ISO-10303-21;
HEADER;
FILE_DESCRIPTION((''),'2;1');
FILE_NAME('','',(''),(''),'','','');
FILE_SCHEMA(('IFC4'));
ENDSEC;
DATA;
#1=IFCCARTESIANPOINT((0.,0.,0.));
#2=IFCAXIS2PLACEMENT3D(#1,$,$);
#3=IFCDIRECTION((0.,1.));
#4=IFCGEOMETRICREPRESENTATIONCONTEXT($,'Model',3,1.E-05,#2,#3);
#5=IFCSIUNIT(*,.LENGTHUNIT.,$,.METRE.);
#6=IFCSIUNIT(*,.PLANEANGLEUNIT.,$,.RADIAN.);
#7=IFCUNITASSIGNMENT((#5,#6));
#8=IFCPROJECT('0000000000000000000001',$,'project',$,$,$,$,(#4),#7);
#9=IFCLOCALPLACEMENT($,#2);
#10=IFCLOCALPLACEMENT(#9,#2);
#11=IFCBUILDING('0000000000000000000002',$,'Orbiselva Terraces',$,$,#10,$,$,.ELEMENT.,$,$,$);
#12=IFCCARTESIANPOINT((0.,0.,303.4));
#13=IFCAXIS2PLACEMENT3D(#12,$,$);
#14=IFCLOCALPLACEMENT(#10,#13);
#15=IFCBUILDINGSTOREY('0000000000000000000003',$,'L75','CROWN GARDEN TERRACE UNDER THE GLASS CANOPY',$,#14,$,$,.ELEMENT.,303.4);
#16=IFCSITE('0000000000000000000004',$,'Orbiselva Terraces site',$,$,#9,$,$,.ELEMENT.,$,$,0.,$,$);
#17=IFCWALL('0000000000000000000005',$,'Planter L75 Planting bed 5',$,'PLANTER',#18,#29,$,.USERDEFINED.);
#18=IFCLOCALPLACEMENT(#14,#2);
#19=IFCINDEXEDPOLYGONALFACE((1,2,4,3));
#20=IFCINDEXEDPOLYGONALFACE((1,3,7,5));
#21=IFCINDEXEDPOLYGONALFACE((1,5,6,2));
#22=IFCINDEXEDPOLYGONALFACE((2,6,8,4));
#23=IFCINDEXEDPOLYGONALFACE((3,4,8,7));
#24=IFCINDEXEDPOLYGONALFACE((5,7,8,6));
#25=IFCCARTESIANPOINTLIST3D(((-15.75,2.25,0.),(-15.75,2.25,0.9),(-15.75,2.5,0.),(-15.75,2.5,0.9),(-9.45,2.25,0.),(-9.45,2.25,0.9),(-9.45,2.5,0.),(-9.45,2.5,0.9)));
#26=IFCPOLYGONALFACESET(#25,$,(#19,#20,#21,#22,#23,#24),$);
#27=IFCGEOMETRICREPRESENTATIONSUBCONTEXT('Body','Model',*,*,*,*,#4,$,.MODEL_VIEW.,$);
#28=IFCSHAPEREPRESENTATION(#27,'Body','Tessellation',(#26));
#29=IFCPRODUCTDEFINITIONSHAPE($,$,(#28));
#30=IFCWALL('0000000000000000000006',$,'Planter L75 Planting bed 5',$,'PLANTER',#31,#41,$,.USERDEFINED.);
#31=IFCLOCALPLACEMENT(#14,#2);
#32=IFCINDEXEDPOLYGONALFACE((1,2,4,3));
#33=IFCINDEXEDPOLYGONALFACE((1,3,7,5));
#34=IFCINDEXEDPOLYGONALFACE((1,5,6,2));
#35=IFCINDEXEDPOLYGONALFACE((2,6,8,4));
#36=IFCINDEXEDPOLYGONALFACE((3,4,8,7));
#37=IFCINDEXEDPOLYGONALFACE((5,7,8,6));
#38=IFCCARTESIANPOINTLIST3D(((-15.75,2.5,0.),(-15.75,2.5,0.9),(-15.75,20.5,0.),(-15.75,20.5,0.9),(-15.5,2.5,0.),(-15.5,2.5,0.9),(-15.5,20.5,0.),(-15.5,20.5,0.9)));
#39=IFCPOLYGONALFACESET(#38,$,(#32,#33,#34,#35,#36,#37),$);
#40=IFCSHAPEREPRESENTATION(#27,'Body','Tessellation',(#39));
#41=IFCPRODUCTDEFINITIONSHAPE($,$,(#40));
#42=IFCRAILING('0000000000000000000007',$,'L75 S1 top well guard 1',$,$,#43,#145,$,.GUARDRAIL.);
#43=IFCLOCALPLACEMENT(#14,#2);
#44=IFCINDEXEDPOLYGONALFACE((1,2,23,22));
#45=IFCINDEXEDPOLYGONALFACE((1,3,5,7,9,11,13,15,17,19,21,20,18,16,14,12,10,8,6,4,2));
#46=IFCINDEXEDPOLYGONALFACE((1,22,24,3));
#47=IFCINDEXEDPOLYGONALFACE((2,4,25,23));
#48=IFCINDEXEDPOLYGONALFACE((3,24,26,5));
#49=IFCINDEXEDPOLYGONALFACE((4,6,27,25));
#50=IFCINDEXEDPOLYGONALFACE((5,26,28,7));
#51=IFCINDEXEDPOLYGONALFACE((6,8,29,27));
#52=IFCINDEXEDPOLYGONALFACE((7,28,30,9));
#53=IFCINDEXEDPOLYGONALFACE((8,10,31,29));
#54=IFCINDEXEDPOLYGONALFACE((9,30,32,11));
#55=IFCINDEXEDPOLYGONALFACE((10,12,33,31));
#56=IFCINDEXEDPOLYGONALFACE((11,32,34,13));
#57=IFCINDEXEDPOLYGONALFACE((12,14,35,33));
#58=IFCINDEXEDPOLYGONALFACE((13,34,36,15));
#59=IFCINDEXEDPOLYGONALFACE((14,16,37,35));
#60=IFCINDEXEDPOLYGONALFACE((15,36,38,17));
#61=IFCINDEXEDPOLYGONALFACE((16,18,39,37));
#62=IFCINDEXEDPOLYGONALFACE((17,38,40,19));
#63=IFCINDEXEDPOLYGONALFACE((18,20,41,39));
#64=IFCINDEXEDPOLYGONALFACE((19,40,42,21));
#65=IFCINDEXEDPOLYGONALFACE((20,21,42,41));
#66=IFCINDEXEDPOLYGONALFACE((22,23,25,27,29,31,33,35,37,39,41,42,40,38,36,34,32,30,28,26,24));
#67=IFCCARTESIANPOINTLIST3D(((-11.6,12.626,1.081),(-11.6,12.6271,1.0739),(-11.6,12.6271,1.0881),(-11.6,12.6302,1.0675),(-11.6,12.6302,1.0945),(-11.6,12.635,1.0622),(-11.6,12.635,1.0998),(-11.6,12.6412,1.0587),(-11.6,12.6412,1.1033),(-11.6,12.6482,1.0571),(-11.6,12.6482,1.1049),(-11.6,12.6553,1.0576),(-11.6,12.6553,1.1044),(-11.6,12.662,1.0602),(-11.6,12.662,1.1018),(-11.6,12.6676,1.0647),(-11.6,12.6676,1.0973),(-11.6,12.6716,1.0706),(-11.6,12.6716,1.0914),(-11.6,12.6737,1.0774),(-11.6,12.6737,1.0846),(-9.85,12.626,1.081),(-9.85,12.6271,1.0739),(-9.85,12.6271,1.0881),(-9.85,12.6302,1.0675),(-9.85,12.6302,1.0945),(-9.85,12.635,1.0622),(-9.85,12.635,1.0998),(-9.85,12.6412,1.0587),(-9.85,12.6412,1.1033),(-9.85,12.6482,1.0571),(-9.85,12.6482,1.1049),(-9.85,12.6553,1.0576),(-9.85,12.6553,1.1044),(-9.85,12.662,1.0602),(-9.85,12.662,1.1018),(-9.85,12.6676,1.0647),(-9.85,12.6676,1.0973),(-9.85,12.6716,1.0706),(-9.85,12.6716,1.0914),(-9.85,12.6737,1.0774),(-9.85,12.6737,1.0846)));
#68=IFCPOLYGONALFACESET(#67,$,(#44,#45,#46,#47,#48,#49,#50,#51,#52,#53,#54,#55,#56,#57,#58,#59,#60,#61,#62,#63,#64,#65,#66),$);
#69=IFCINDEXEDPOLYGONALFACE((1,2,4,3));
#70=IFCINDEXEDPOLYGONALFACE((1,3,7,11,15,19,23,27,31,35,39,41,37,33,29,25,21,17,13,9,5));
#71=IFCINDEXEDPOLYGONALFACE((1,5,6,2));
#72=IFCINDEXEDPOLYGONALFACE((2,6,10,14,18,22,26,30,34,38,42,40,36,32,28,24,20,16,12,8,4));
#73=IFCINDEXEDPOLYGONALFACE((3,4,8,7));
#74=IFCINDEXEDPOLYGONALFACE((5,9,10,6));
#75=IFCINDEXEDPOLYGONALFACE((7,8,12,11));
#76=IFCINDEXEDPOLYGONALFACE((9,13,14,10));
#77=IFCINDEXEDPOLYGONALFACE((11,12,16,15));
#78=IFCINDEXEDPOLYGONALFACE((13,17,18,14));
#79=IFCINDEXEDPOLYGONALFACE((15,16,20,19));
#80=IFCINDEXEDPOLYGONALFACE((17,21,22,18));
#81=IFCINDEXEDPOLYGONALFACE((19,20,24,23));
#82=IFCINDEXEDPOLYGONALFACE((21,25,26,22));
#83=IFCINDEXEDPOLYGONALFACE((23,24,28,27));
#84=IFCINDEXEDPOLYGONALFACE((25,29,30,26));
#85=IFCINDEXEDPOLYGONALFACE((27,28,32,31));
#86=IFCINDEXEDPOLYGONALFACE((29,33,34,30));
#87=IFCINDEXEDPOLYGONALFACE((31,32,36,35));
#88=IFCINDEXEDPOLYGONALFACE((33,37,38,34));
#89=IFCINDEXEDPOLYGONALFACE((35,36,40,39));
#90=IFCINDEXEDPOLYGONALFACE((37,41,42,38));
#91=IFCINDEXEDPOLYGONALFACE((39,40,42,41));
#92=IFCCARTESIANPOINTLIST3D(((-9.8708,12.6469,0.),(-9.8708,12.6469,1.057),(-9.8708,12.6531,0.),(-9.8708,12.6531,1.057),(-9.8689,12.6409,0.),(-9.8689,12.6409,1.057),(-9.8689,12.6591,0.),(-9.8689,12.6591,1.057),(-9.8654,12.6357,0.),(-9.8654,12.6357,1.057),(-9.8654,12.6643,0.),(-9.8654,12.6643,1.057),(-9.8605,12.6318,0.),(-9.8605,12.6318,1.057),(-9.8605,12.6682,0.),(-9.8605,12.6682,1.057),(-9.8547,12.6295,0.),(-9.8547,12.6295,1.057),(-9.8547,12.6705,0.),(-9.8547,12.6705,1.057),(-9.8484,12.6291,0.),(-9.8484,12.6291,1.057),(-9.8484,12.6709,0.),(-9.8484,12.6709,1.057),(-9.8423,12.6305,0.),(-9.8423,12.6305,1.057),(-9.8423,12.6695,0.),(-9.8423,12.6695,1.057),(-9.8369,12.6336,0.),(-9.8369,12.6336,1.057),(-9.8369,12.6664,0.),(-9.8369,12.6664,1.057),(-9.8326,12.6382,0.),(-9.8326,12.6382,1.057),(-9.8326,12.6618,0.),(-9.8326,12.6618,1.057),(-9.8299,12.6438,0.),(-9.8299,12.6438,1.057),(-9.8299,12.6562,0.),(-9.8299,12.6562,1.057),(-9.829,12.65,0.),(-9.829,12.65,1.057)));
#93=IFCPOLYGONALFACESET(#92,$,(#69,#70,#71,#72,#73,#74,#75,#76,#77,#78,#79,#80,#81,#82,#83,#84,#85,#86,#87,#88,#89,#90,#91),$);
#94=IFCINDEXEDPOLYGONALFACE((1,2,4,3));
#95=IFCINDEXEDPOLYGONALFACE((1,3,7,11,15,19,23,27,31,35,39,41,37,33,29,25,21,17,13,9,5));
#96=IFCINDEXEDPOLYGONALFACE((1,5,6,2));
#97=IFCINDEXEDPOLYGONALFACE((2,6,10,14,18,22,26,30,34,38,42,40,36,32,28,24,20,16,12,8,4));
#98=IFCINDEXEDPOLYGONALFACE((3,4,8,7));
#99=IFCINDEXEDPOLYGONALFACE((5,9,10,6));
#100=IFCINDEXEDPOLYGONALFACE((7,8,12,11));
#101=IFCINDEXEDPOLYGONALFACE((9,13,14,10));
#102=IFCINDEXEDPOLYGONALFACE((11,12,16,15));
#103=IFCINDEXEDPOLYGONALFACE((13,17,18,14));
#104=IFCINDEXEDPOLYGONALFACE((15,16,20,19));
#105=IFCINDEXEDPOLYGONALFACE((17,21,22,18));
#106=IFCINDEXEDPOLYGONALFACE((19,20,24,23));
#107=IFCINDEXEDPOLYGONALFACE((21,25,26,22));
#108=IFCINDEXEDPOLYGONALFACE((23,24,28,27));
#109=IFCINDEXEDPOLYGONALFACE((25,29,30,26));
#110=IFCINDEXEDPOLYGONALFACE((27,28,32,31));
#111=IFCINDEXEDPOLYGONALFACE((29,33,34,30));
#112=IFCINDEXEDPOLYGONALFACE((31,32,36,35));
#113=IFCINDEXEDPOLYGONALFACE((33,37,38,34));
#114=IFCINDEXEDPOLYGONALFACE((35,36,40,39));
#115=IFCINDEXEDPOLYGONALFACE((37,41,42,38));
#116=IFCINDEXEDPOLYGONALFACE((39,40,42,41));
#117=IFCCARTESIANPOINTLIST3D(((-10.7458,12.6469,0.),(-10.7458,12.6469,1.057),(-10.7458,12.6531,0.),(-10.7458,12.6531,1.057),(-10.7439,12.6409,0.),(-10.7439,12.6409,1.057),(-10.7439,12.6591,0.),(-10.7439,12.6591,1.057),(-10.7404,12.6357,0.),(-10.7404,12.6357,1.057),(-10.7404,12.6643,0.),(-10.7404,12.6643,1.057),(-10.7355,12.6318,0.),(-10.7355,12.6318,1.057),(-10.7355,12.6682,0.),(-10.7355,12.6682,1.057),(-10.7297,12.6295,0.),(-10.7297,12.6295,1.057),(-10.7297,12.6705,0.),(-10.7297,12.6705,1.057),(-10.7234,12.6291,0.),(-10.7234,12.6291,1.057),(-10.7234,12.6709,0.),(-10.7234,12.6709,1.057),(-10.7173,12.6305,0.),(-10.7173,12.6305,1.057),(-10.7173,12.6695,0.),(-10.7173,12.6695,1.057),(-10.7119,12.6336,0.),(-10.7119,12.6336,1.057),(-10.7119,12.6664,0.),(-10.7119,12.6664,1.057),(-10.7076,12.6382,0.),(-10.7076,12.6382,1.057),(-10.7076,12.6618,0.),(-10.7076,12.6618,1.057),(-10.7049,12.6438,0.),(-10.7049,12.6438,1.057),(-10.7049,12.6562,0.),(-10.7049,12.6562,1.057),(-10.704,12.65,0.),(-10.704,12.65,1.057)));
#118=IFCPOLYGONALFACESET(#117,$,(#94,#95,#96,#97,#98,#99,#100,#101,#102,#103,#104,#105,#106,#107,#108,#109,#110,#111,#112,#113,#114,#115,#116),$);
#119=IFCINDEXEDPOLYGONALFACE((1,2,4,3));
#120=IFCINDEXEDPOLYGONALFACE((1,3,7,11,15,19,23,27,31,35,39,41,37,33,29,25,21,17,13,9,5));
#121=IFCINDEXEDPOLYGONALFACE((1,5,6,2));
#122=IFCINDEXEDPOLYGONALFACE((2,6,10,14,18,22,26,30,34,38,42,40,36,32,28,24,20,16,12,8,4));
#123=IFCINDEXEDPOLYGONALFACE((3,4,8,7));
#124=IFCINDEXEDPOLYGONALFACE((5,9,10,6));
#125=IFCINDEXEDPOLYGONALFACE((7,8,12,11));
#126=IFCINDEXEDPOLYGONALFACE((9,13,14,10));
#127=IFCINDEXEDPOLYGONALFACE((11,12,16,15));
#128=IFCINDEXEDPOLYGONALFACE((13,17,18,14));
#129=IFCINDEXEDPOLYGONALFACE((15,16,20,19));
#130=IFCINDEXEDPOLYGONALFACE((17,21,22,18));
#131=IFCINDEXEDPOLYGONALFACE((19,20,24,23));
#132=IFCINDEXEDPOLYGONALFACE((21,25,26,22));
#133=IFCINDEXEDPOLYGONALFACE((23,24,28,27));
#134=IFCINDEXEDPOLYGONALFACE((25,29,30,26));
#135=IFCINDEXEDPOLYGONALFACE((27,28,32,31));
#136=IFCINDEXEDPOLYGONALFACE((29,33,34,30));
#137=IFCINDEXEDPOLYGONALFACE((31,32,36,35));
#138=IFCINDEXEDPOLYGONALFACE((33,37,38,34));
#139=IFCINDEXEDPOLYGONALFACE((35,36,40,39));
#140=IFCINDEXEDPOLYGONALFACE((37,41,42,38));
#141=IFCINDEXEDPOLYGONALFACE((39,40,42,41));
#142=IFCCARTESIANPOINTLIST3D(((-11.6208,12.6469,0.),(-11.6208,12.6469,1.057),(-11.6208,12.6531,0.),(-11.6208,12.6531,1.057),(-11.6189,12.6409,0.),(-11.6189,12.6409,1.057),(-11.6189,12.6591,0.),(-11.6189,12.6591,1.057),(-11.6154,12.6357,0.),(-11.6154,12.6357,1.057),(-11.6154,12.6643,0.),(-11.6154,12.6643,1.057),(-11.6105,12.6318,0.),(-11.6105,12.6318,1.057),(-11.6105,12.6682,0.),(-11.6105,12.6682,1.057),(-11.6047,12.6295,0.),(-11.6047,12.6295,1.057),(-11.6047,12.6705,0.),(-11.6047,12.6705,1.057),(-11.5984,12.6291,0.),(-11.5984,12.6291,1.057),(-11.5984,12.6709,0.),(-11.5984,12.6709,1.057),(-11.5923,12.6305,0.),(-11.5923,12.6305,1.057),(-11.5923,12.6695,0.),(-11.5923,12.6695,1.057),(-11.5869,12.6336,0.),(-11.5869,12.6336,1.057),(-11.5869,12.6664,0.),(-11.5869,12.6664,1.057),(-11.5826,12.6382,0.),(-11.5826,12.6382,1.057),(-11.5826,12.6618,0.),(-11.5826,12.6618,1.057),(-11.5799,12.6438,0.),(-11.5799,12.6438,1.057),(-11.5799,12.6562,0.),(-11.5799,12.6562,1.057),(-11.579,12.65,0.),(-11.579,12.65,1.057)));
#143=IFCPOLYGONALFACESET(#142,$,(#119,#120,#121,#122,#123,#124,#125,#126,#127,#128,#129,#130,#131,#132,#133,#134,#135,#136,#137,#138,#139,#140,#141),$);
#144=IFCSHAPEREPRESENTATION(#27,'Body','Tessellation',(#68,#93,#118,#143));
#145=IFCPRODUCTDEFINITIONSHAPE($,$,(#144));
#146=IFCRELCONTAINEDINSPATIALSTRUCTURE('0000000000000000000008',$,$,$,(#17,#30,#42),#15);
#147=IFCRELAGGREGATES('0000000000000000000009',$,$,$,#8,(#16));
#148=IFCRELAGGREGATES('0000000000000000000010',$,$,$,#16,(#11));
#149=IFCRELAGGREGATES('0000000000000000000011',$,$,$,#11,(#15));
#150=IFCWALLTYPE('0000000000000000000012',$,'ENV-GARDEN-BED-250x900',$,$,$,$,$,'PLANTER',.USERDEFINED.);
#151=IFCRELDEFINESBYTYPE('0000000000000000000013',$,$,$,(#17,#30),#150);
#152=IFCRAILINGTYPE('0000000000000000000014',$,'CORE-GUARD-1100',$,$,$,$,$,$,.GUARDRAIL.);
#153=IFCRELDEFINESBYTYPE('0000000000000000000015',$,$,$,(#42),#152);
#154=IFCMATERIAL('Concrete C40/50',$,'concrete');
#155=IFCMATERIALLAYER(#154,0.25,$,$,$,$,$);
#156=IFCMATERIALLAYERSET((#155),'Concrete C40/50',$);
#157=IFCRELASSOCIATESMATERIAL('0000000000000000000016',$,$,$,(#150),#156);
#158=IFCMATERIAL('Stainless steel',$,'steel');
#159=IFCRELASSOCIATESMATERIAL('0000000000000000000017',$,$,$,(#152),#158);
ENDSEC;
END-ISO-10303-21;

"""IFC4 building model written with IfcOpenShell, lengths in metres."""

from ifc_helpers import new_model, si_unit, direction, frame, frame_2d, origin, origin_2d, place, context, subcontext, project, spatial, rectangle, circle, extrude, material, layer, layer_set, type_object, element, save


model = new_model("IFC4")

# Units and contexts
model_context = context("Model", 3, precision=1e-05, world=origin(), true_north=direction((0.0, 1.0)))
body_context = subcontext(model_context, "Body", "Model", "MODEL_VIEW")
ifc_project = project(units=[si_unit("LENGTHUNIT", "METRE"), si_unit("PLANEANGLEUNIT", "RADIAN")], contexts=[model_context])

# Site, building, storey
site_placement = place(None, origin())
site = spatial("IfcSite", under=ifc_project, at=site_placement, Name="Orbiselva Terraces site", CompositionType="ELEMENT", RefElevation=0.0)
building_placement = place(site_placement, origin())
building = spatial("IfcBuilding", under=site, at=building_placement, Name="Orbiselva Terraces", CompositionType="ELEMENT")
storey_placement = place(building_placement, frame((0.0, 0.0, 303.4)))
storey = spatial("IfcBuildingStorey", under=building, at=storey_placement, Name="L75", Description="CROWN GARDEN TERRACE UNDER THE GLASS CANOPY", CompositionType="ELEMENT", Elevation=303.4)

# Walls
ifc_material_1 = material(Name="Concrete C40/50", Category="concrete")
ifc_layer_1 = layer(ifc_material_1, 0.25)
ifc_layer_set_1 = layer_set([ifc_layer_1], Name="Concrete C40/50")
wall_type_1 = type_object("IfcWallType", Name="ENV-GARDEN-BED-250x900", ElementType="PLANTER", PredefinedType="USERDEFINED", material=ifc_layer_set_1)
wall_1_placement = place(storey_placement, frame((-9.45, 2.375, 0.0), z_axis=(0.0, 0.0, 1.0), x_axis=(-1.0, 0.0, 0.0)))
element("IfcWall", 1, at=wall_1_placement, inside=storey, type_object=wall_type_1, Name="Planter L75 Planting bed 5", ObjectType="PLANTER", PredefinedType="USERDEFINED", context=body_context, shape_type="SweptSolid", body=[
    extrude(rectangle(XDim=6.3, YDim=0.25, at=frame_2d((3.15, 0.0))), origin(), (0.0, 0.0, 1.0), 0.9),
])
wall_2_placement = place(storey_placement, frame((-15.625, 2.5, 0.0), z_axis=(0.0, 0.0, 1.0), x_axis=(0.0, 1.0, 0.0)))
element("IfcWall", 2, at=wall_2_placement, inside=storey, type_object=wall_type_1, Name="Planter L75 Planting bed 5", ObjectType="PLANTER", PredefinedType="USERDEFINED", context=body_context, shape_type="SweptSolid", body=[
    extrude(rectangle(XDim=18.0, YDim=0.25, at=frame_2d((9.0, 0.0))), origin(), (0.0, 0.0, 1.0), 0.9),
])

# Railing
ifc_material_2 = material(Name="Stainless steel", Category="steel")
railing_type = type_object("IfcRailingType", Name="CORE-GUARD-1100", PredefinedType="GUARDRAIL", material=ifc_material_2)
railing_1_placement = place(storey_placement, frame((-9.85, 12.65, 0.0)))
element("IfcRailing", 3, at=railing_1_placement, inside=storey, type_object=railing_type, Name="L75 S1 top well guard 1", PredefinedType="GUARDRAIL", context=body_context, shape_type="SweptSolid", body=[
    extrude(circle(Radius=0.024, at=origin_2d()), frame((0.0, 0.0, 1.081), z_axis=(-1.0, 0.0, 0.0), x_axis=(0.0, -1.0, 0.0)), (0.0, 0.0, 1.0), 1.75),
    extrude(circle(Radius=0.021, at=origin_2d()), origin(), (0.0, 0.0, 1.0), 1.057),
    extrude(circle(Radius=0.021, at=origin_2d()), frame((-0.875, 0.0, 0.0)), (0.0, 0.0, 1.0), 1.057),
    extrude(circle(Radius=0.021, at=origin_2d()), frame((-1.75, 0.0, 0.0)), (0.0, 0.0, 1.0), 1.057),
])

save(model, "model.ifc")
